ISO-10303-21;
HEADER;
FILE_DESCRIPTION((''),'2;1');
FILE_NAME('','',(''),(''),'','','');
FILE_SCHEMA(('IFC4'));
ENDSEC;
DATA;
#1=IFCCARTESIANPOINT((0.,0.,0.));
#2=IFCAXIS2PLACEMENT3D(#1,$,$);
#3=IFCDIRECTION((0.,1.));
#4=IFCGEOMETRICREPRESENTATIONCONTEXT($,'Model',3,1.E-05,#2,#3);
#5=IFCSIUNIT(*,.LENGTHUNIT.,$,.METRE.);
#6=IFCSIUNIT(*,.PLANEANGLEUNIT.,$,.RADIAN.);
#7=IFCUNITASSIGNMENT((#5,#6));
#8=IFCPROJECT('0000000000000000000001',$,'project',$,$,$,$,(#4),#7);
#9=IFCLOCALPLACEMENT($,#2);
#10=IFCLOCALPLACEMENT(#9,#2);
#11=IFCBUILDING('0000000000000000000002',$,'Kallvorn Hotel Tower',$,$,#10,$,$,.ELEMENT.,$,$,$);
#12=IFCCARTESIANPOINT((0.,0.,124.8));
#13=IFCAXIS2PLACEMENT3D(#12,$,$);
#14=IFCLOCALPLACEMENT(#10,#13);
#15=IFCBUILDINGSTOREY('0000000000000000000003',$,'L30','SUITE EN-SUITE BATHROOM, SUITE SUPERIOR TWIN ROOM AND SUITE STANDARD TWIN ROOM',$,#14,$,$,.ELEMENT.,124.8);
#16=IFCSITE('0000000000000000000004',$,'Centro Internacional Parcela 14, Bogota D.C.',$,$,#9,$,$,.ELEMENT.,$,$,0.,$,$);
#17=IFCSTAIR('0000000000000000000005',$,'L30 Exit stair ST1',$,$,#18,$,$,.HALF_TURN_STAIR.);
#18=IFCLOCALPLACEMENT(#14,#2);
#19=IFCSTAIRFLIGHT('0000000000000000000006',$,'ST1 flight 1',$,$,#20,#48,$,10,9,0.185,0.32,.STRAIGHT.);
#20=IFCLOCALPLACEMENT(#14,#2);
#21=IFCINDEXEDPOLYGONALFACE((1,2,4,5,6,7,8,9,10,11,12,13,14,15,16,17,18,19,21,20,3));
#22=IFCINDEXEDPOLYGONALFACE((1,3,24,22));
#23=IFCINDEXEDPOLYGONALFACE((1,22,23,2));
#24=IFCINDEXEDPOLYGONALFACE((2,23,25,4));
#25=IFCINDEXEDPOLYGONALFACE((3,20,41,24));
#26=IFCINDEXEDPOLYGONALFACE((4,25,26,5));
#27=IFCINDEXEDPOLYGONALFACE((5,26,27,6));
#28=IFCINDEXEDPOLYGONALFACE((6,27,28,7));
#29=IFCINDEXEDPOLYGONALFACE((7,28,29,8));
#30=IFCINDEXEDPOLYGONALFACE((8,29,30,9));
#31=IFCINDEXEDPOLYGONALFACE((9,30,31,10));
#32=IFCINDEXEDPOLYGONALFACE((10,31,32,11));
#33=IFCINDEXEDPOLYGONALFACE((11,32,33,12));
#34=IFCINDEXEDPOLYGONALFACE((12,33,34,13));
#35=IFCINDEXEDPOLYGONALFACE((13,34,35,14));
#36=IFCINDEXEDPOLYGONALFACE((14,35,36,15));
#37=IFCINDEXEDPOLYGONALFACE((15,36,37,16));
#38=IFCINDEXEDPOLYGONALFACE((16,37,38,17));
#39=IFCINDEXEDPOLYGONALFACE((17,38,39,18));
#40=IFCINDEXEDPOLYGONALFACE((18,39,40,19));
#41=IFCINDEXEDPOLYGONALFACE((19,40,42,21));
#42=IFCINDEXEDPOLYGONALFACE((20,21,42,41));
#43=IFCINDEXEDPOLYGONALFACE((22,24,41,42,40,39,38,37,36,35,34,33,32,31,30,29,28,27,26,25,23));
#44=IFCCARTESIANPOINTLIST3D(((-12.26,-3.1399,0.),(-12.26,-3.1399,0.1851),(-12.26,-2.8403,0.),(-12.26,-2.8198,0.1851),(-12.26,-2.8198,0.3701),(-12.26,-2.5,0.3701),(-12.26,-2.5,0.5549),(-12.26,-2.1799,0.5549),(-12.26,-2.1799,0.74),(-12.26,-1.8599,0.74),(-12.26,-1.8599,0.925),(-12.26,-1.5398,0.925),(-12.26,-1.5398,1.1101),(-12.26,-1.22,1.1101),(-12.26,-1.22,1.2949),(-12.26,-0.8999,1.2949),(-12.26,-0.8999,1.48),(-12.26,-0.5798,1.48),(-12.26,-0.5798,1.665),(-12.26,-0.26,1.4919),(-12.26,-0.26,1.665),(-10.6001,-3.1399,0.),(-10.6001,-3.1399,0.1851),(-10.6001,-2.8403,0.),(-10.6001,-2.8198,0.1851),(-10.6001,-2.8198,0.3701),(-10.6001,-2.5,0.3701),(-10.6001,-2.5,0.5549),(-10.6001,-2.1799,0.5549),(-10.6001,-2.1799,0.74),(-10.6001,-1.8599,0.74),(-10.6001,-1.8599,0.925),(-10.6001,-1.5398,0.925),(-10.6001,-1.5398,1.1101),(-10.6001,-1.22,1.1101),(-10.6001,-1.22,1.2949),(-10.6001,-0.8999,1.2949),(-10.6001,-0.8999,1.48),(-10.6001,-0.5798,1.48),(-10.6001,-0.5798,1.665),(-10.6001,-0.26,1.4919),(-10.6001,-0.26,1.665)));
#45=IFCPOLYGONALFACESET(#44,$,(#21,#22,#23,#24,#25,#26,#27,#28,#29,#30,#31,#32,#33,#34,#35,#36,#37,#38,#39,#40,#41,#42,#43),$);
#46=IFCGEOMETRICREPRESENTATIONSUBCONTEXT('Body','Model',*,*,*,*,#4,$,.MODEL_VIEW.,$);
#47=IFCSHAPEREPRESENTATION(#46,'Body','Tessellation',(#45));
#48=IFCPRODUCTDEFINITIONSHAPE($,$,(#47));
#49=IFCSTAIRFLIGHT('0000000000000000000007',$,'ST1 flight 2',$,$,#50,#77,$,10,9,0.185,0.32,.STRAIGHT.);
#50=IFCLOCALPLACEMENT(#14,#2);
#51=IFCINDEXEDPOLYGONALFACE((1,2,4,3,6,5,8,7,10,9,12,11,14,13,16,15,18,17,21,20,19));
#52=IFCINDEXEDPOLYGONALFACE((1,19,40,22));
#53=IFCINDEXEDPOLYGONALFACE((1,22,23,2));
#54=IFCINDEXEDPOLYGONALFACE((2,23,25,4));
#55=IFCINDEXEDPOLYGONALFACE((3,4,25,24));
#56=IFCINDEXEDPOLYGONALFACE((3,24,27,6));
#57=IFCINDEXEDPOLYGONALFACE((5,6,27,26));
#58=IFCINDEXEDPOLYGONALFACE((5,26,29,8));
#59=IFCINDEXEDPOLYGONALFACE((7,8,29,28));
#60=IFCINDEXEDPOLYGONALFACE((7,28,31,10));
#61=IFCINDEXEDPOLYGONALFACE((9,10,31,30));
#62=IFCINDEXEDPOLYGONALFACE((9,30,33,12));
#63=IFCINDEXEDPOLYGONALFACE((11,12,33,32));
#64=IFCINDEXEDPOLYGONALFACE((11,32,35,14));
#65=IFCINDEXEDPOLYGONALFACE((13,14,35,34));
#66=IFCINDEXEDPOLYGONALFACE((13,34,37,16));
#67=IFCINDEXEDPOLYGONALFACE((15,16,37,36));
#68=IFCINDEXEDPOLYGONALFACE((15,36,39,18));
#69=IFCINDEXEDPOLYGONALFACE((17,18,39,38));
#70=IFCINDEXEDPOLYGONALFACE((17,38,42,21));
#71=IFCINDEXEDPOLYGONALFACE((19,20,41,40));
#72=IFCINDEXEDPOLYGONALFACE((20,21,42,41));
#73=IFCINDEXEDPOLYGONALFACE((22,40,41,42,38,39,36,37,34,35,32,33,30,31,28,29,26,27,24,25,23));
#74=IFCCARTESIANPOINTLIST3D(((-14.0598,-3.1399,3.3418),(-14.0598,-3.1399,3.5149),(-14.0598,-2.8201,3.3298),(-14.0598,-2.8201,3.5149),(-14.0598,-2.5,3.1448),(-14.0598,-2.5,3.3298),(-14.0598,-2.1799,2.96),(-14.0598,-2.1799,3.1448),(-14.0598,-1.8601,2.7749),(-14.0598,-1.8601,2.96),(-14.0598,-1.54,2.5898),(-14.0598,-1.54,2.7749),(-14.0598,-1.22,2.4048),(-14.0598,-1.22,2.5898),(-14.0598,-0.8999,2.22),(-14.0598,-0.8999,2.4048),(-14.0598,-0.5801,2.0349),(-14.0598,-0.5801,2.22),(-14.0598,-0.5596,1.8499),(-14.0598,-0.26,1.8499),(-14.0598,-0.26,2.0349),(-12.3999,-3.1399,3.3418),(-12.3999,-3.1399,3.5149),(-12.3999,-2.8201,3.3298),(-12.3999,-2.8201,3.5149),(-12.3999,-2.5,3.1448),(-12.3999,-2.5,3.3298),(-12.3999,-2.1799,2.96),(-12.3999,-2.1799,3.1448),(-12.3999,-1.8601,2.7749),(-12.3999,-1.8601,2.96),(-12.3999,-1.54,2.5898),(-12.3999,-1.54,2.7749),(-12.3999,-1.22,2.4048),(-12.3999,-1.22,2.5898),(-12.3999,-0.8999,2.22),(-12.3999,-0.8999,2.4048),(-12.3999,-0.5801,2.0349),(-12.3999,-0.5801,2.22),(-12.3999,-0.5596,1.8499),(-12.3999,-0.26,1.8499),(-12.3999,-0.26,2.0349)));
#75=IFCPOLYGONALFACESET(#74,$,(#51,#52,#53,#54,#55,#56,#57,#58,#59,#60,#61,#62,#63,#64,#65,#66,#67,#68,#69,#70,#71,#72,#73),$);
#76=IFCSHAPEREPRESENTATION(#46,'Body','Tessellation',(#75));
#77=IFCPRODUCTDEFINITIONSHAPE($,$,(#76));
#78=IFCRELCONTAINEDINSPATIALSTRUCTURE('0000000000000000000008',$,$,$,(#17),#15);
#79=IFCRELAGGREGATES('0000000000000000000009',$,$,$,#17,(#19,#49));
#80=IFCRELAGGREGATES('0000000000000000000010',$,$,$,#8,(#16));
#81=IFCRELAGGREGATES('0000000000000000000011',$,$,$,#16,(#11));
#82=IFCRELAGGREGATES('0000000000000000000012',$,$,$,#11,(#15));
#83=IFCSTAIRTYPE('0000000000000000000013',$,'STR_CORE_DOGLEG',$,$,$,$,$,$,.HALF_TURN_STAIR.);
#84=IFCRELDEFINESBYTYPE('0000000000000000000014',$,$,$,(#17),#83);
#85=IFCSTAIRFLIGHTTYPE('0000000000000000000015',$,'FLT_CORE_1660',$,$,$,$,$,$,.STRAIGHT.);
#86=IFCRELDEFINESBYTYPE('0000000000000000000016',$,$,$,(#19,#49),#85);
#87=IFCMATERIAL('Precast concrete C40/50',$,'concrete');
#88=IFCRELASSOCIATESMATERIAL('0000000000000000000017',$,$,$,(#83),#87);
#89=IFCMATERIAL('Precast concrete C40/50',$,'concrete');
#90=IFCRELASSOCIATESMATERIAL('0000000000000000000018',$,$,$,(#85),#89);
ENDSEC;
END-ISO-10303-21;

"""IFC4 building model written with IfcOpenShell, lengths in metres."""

from ifc_helpers import new_model, si_unit, direction, frame, origin, place, context, subcontext, project, spatial, polyline, outline, extrude, material, type_object, element, aggregate, save


model = new_model("IFC4")

# Units and contexts
model_context = context("Model", 3, precision=1e-05, world=origin(), true_north=direction((0.0, 1.0)))
body_context = subcontext(model_context, "Body", "Model", "MODEL_VIEW")
ifc_project = project(units=[si_unit("LENGTHUNIT", "METRE"), si_unit("PLANEANGLEUNIT", "RADIAN")], contexts=[model_context])

# Site, building, storey
site_placement = place(None, origin())
site = spatial("IfcSite", under=ifc_project, at=site_placement, Name="Centro Internacional Parcela 14, Bogota D.C.", CompositionType="ELEMENT", RefElevation=0.0)
building_placement = place(site_placement, origin())
building = spatial("IfcBuilding", under=site, at=building_placement, Name="Kallvorn Hotel Tower", CompositionType="ELEMENT")
storey_placement = place(building_placement, frame((0.0, 0.0, 124.8)))
storey = spatial("IfcBuildingStorey", under=building, at=storey_placement, Name="L30", Description="SUITE EN-SUITE BATHROOM, SUITE SUPERIOR TWIN ROOM AND SUITE STANDARD TWIN ROOM", CompositionType="ELEMENT", Elevation=124.8)

# Stair, stair flights
ifc_material_1 = material(Name="Precast concrete C40/50", Category="concrete")
stair_type = type_object("IfcStairType", Name="STR_CORE_DOGLEG", PredefinedType="HALF_TURN_STAIR", material=ifc_material_1)
stair_placement = place(storey_placement, origin())
stair = element("IfcStair", 1, at=stair_placement, inside=storey, type_object=stair_type, Name="L30 Exit stair ST1", PredefinedType="HALF_TURN_STAIR")
ifc_material_2 = material(Name="Precast concrete C40/50", Category="concrete")
stair_flight_type = type_object("IfcStairFlightType", Name="FLT_CORE_1660", PredefinedType="STRAIGHT", material=ifc_material_2)
stair_flight_1_placement = place(storey_placement, frame((-11.4299, -3.1399, 0.0), z_axis=(0.0, 0.0, 1.0), x_axis=(0.0, 1.0, 0.0)))
stair_flight_1 = element("IfcStairFlight", 2, at=stair_flight_1_placement, type_object=stair_flight_type, Name="ST1 flight 1", NumberOfRisers=10, NumberOfTreads=9, PredefinedType="STRAIGHT", RiserHeight=0.185, TreadLength=0.32, context=body_context, shape_type="SweptSolid", body=[
    extrude(outline(polyline([(0.0, 0.0), (0.0, 0.1851), (0.3201, 0.1851), (0.3201, 0.3701), (0.6399, 0.3701), (0.6399, 0.5549), (0.96, 0.5549), (0.96, 0.74), (1.28, 0.74), (1.28, 0.925), (1.6001, 0.925), (1.6001, 1.1101), (1.9199, 1.1101), (1.9199, 1.2949), (2.24, 1.2949), (2.24, 1.48), (2.5601, 1.48), (2.5601, 1.665), (2.8799, 1.665), (2.8799, 1.8501), (2.8799, 1.4919), (0.2996, 0.0), (0.0, 0.0)])), frame((0.0, 0.8301, 0.0), z_axis=(0.0, -1.0, 0.0), x_axis=(1.0, 0.0, 0.0)), (0.0, 0.0, 1.0), 1.6599),
])
stair_flight_2_placement = place(storey_placement, frame((-13.23, -0.26, 1.8499), z_axis=(0.0, 0.0, 1.0), x_axis=(0.0, -1.0, 0.0)))
stair_flight_2 = element("IfcStairFlight", 3, at=stair_flight_2_placement, type_object=stair_flight_type, Name="ST1 flight 2", NumberOfRisers=10, NumberOfTreads=9, PredefinedType="STRAIGHT", RiserHeight=0.185, TreadLength=0.32, context=body_context, shape_type="SweptSolid", body=[
    extrude(outline(polyline([(0.0, 0.0), (0.0, 0.1851), (0.3201, 0.1851), (0.3201, 0.3701), (0.6399, 0.3701), (0.6399, 0.5549), (0.96, 0.5549), (0.96, 0.74), (1.28, 0.74), (1.28, 0.925), (1.6001, 0.925), (1.6001, 1.1101), (1.9199, 1.1101), (1.9199, 1.2949), (2.24, 1.2949), (2.24, 1.48), (2.5601, 1.48), (2.5601, 1.665), (2.8799, 1.665), (2.8799, 1.8501), (2.8799, 1.4919), (0.2996, 0.0), (0.0, 0.0)])), frame((0.0, 0.8301, 0.0), z_axis=(0.0, -1.0, 0.0), x_axis=(1.0, 0.0, 0.0)), (0.0, 0.0, 1.0), 1.6599),
])
aggregate(stair, [stair_flight_1, stair_flight_2])

save(model, "model.ifc")
